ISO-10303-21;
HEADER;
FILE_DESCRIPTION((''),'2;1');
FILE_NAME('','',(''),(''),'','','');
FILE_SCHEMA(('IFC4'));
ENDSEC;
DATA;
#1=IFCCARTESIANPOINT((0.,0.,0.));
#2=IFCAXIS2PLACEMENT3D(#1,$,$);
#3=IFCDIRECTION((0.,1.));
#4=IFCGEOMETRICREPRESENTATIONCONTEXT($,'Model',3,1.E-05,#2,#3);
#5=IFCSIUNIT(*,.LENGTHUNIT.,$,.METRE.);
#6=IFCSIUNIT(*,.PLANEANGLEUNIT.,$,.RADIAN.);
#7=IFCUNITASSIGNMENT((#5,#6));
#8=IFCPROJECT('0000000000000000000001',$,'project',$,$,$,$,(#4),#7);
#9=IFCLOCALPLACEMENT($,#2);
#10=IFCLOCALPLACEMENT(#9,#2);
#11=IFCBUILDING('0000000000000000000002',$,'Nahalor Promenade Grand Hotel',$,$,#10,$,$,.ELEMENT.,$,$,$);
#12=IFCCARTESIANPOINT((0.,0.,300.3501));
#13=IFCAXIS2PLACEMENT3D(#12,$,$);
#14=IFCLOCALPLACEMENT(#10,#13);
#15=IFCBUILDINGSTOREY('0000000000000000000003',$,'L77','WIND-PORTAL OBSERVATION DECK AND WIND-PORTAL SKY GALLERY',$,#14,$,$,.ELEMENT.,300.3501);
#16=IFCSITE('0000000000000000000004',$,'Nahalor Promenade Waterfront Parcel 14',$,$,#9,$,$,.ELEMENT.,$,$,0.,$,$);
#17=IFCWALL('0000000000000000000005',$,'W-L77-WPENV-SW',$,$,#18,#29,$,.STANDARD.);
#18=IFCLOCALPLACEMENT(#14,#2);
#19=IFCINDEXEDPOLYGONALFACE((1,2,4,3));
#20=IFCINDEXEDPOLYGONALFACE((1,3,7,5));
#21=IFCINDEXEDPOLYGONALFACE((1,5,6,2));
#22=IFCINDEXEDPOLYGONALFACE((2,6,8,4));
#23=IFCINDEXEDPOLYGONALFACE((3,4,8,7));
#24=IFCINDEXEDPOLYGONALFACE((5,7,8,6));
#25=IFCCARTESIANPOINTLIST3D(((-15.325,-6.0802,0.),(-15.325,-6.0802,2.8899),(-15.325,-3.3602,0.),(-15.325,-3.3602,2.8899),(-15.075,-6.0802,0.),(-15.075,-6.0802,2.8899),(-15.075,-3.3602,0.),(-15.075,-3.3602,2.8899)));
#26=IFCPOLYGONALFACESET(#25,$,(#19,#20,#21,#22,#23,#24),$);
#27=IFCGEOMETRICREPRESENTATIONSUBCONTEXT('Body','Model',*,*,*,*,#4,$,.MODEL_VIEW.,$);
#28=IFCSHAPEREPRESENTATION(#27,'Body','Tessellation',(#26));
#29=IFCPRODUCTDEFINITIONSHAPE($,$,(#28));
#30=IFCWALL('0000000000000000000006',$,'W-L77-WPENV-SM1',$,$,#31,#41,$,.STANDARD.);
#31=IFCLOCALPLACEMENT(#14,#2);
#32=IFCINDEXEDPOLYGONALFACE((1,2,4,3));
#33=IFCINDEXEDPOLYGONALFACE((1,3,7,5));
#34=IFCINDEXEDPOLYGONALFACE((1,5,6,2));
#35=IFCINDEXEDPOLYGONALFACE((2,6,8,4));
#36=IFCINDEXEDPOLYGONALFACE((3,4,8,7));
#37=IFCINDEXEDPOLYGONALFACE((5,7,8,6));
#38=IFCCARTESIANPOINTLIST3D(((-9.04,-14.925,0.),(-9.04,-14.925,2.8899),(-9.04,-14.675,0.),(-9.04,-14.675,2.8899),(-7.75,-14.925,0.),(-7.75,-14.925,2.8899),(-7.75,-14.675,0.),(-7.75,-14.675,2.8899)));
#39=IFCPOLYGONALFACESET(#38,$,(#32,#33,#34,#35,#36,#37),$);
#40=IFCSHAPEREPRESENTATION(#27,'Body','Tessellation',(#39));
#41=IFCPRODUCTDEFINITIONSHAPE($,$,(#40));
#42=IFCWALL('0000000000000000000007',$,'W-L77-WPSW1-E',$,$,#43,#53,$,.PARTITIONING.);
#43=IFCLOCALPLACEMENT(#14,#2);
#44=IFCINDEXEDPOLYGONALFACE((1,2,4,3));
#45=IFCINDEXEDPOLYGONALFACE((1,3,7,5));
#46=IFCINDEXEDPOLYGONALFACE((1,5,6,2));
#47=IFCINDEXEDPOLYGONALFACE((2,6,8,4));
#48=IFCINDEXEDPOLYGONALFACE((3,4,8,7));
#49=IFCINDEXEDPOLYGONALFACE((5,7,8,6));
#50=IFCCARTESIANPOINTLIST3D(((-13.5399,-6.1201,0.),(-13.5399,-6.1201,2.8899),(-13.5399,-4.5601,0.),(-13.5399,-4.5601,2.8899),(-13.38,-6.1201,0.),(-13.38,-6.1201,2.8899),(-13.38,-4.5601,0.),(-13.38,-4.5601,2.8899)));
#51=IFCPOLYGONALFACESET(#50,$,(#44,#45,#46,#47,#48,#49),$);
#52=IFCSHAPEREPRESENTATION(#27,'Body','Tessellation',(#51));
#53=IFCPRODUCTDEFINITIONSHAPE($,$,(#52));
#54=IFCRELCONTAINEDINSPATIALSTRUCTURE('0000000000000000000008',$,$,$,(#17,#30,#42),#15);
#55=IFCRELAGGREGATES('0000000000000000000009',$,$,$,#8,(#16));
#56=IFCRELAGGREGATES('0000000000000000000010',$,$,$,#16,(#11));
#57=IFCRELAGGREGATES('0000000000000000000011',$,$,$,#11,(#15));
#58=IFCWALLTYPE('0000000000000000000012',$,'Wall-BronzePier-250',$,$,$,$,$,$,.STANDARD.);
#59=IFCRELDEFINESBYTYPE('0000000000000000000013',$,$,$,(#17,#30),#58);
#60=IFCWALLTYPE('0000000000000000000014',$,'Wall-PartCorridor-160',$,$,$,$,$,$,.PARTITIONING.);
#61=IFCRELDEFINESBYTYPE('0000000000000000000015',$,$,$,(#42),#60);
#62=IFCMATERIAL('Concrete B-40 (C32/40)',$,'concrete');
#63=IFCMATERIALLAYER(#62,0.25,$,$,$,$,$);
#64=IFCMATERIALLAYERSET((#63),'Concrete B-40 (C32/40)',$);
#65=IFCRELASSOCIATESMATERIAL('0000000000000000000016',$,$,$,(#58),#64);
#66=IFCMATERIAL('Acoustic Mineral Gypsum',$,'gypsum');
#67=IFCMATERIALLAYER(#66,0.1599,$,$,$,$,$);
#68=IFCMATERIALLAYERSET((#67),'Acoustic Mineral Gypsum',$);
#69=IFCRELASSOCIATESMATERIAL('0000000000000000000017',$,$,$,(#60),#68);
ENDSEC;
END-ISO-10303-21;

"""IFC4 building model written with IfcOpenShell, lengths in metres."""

from ifc_helpers import new_model, si_unit, direction, frame, frame_2d, origin, place, context, subcontext, project, spatial, rectangle, extrude, source, transform, mapped, material, layer, layer_set, type_object, element, save


model = new_model("IFC4")

# Units and contexts
model_context = context("Model", 3, precision=1e-05, world=origin(), true_north=direction((0.0, 1.0)))
body_context = subcontext(model_context, "Body", "Model", "MODEL_VIEW")
ifc_project = project(units=[si_unit("LENGTHUNIT", "METRE"), si_unit("PLANEANGLEUNIT", "RADIAN")], contexts=[model_context])

# Site, building, storey
site_placement = place(None, origin())
site = spatial("IfcSite", under=ifc_project, at=site_placement, Name="Nahalor Promenade Waterfront Parcel 14", CompositionType="ELEMENT", RefElevation=0.0)
building_placement = place(site_placement, origin())
building = spatial("IfcBuilding", under=site, at=building_placement, Name="Nahalor Promenade Grand Hotel", CompositionType="ELEMENT")
storey_placement = place(building_placement, frame((0.0, 0.0, 300.3501)))
storey = spatial("IfcBuildingStorey", under=building, at=storey_placement, Name="L77", Description="WIND-PORTAL OBSERVATION DECK AND WIND-PORTAL SKY GALLERY", CompositionType="ELEMENT", Elevation=300.3501)

# Shared definitions
ifc_material_1 = material(Name="Concrete B-40 (C32/40)", Category="concrete")
ifc_layer_1 = layer(ifc_material_1, 0.25)
ifc_layer_set_1 = layer_set([ifc_layer_1], Name="Concrete B-40 (C32/40)")
wall_type_1 = type_object("IfcWallType", Name="Wall-BronzePier-250", PredefinedType="STANDARD", material=ifc_layer_set_1)

# Walls
shared_shape_1 = source(origin(), body_context, "Body", "SweptSolid", [
    extrude(rectangle(XDim=2.72, YDim=0.25, at=frame_2d((1.3599, 0.0))), origin(), (0.0, 0.0, 1.0), 2.8899),
])
wall_1_placement = place(storey_placement, frame((-15.2, -6.0801, 0.0), z_axis=(0.0, 0.0, 1.0), x_axis=(0.0, 1.0, 0.0)))
element("IfcWall", 1, at=wall_1_placement, inside=storey, type_object=wall_type_1, Name="W-L77-WPENV-SW", PredefinedType="STANDARD", context=body_context, shape_type="MappedRepresentation", body=[
    mapped(shared_shape_1, transform((0.0, 0.0, 0.0), scale=1.0)),
])
shared_shape_2 = source(origin(), body_context, "Body", "SweptSolid", [
    extrude(rectangle(XDim=1.29, YDim=0.25, at=frame_2d((0.645, 0.0))), origin(), (0.0, 0.0, 1.0), 2.8899),
])
wall_2_placement = place(storey_placement, frame((-9.04, -14.8, 0.0), z_axis=(0.0, 0.0, 1.0), x_axis=(1.0, 0.0, 0.0)))
element("IfcWall", 2, at=wall_2_placement, inside=storey, type_object=wall_type_1, Name="W-L77-WPENV-SM1", PredefinedType="STANDARD", context=body_context, shape_type="MappedRepresentation", body=[
    mapped(shared_shape_2, transform((0.0, 0.0, 0.0), scale=1.0)),
])
ifc_material_2 = material(Name="Acoustic Mineral Gypsum", Category="gypsum")
ifc_layer_2 = layer(ifc_material_2, 0.1599)
ifc_layer_set_2 = layer_set([ifc_layer_2], Name="Acoustic Mineral Gypsum")
wall_type_2 = type_object("IfcWallType", Name="Wall-PartCorridor-160", PredefinedType="PARTITIONING", material=ifc_layer_set_2)
shared_shape_3 = source(origin(), body_context, "Body", "SweptSolid", [
    extrude(rectangle(XDim=1.5601, YDim=0.1599, at=frame_2d((0.78, 0.0))), origin(), (0.0, 0.0, 1.0), 2.8899),
])
wall_3_placement = place(storey_placement, frame((-13.46, -6.1201, 0.0), z_axis=(0.0, 0.0, 1.0), x_axis=(0.0, 1.0, 0.0)))
element("IfcWall", 3, at=wall_3_placement, inside=storey, type_object=wall_type_2, Name="W-L77-WPSW1-E", PredefinedType="PARTITIONING", context=body_context, shape_type="MappedRepresentation", body=[
    mapped(shared_shape_3, transform((0.0, 0.0, 0.0), scale=1.0)),
])

save(model, "model.ifc")
